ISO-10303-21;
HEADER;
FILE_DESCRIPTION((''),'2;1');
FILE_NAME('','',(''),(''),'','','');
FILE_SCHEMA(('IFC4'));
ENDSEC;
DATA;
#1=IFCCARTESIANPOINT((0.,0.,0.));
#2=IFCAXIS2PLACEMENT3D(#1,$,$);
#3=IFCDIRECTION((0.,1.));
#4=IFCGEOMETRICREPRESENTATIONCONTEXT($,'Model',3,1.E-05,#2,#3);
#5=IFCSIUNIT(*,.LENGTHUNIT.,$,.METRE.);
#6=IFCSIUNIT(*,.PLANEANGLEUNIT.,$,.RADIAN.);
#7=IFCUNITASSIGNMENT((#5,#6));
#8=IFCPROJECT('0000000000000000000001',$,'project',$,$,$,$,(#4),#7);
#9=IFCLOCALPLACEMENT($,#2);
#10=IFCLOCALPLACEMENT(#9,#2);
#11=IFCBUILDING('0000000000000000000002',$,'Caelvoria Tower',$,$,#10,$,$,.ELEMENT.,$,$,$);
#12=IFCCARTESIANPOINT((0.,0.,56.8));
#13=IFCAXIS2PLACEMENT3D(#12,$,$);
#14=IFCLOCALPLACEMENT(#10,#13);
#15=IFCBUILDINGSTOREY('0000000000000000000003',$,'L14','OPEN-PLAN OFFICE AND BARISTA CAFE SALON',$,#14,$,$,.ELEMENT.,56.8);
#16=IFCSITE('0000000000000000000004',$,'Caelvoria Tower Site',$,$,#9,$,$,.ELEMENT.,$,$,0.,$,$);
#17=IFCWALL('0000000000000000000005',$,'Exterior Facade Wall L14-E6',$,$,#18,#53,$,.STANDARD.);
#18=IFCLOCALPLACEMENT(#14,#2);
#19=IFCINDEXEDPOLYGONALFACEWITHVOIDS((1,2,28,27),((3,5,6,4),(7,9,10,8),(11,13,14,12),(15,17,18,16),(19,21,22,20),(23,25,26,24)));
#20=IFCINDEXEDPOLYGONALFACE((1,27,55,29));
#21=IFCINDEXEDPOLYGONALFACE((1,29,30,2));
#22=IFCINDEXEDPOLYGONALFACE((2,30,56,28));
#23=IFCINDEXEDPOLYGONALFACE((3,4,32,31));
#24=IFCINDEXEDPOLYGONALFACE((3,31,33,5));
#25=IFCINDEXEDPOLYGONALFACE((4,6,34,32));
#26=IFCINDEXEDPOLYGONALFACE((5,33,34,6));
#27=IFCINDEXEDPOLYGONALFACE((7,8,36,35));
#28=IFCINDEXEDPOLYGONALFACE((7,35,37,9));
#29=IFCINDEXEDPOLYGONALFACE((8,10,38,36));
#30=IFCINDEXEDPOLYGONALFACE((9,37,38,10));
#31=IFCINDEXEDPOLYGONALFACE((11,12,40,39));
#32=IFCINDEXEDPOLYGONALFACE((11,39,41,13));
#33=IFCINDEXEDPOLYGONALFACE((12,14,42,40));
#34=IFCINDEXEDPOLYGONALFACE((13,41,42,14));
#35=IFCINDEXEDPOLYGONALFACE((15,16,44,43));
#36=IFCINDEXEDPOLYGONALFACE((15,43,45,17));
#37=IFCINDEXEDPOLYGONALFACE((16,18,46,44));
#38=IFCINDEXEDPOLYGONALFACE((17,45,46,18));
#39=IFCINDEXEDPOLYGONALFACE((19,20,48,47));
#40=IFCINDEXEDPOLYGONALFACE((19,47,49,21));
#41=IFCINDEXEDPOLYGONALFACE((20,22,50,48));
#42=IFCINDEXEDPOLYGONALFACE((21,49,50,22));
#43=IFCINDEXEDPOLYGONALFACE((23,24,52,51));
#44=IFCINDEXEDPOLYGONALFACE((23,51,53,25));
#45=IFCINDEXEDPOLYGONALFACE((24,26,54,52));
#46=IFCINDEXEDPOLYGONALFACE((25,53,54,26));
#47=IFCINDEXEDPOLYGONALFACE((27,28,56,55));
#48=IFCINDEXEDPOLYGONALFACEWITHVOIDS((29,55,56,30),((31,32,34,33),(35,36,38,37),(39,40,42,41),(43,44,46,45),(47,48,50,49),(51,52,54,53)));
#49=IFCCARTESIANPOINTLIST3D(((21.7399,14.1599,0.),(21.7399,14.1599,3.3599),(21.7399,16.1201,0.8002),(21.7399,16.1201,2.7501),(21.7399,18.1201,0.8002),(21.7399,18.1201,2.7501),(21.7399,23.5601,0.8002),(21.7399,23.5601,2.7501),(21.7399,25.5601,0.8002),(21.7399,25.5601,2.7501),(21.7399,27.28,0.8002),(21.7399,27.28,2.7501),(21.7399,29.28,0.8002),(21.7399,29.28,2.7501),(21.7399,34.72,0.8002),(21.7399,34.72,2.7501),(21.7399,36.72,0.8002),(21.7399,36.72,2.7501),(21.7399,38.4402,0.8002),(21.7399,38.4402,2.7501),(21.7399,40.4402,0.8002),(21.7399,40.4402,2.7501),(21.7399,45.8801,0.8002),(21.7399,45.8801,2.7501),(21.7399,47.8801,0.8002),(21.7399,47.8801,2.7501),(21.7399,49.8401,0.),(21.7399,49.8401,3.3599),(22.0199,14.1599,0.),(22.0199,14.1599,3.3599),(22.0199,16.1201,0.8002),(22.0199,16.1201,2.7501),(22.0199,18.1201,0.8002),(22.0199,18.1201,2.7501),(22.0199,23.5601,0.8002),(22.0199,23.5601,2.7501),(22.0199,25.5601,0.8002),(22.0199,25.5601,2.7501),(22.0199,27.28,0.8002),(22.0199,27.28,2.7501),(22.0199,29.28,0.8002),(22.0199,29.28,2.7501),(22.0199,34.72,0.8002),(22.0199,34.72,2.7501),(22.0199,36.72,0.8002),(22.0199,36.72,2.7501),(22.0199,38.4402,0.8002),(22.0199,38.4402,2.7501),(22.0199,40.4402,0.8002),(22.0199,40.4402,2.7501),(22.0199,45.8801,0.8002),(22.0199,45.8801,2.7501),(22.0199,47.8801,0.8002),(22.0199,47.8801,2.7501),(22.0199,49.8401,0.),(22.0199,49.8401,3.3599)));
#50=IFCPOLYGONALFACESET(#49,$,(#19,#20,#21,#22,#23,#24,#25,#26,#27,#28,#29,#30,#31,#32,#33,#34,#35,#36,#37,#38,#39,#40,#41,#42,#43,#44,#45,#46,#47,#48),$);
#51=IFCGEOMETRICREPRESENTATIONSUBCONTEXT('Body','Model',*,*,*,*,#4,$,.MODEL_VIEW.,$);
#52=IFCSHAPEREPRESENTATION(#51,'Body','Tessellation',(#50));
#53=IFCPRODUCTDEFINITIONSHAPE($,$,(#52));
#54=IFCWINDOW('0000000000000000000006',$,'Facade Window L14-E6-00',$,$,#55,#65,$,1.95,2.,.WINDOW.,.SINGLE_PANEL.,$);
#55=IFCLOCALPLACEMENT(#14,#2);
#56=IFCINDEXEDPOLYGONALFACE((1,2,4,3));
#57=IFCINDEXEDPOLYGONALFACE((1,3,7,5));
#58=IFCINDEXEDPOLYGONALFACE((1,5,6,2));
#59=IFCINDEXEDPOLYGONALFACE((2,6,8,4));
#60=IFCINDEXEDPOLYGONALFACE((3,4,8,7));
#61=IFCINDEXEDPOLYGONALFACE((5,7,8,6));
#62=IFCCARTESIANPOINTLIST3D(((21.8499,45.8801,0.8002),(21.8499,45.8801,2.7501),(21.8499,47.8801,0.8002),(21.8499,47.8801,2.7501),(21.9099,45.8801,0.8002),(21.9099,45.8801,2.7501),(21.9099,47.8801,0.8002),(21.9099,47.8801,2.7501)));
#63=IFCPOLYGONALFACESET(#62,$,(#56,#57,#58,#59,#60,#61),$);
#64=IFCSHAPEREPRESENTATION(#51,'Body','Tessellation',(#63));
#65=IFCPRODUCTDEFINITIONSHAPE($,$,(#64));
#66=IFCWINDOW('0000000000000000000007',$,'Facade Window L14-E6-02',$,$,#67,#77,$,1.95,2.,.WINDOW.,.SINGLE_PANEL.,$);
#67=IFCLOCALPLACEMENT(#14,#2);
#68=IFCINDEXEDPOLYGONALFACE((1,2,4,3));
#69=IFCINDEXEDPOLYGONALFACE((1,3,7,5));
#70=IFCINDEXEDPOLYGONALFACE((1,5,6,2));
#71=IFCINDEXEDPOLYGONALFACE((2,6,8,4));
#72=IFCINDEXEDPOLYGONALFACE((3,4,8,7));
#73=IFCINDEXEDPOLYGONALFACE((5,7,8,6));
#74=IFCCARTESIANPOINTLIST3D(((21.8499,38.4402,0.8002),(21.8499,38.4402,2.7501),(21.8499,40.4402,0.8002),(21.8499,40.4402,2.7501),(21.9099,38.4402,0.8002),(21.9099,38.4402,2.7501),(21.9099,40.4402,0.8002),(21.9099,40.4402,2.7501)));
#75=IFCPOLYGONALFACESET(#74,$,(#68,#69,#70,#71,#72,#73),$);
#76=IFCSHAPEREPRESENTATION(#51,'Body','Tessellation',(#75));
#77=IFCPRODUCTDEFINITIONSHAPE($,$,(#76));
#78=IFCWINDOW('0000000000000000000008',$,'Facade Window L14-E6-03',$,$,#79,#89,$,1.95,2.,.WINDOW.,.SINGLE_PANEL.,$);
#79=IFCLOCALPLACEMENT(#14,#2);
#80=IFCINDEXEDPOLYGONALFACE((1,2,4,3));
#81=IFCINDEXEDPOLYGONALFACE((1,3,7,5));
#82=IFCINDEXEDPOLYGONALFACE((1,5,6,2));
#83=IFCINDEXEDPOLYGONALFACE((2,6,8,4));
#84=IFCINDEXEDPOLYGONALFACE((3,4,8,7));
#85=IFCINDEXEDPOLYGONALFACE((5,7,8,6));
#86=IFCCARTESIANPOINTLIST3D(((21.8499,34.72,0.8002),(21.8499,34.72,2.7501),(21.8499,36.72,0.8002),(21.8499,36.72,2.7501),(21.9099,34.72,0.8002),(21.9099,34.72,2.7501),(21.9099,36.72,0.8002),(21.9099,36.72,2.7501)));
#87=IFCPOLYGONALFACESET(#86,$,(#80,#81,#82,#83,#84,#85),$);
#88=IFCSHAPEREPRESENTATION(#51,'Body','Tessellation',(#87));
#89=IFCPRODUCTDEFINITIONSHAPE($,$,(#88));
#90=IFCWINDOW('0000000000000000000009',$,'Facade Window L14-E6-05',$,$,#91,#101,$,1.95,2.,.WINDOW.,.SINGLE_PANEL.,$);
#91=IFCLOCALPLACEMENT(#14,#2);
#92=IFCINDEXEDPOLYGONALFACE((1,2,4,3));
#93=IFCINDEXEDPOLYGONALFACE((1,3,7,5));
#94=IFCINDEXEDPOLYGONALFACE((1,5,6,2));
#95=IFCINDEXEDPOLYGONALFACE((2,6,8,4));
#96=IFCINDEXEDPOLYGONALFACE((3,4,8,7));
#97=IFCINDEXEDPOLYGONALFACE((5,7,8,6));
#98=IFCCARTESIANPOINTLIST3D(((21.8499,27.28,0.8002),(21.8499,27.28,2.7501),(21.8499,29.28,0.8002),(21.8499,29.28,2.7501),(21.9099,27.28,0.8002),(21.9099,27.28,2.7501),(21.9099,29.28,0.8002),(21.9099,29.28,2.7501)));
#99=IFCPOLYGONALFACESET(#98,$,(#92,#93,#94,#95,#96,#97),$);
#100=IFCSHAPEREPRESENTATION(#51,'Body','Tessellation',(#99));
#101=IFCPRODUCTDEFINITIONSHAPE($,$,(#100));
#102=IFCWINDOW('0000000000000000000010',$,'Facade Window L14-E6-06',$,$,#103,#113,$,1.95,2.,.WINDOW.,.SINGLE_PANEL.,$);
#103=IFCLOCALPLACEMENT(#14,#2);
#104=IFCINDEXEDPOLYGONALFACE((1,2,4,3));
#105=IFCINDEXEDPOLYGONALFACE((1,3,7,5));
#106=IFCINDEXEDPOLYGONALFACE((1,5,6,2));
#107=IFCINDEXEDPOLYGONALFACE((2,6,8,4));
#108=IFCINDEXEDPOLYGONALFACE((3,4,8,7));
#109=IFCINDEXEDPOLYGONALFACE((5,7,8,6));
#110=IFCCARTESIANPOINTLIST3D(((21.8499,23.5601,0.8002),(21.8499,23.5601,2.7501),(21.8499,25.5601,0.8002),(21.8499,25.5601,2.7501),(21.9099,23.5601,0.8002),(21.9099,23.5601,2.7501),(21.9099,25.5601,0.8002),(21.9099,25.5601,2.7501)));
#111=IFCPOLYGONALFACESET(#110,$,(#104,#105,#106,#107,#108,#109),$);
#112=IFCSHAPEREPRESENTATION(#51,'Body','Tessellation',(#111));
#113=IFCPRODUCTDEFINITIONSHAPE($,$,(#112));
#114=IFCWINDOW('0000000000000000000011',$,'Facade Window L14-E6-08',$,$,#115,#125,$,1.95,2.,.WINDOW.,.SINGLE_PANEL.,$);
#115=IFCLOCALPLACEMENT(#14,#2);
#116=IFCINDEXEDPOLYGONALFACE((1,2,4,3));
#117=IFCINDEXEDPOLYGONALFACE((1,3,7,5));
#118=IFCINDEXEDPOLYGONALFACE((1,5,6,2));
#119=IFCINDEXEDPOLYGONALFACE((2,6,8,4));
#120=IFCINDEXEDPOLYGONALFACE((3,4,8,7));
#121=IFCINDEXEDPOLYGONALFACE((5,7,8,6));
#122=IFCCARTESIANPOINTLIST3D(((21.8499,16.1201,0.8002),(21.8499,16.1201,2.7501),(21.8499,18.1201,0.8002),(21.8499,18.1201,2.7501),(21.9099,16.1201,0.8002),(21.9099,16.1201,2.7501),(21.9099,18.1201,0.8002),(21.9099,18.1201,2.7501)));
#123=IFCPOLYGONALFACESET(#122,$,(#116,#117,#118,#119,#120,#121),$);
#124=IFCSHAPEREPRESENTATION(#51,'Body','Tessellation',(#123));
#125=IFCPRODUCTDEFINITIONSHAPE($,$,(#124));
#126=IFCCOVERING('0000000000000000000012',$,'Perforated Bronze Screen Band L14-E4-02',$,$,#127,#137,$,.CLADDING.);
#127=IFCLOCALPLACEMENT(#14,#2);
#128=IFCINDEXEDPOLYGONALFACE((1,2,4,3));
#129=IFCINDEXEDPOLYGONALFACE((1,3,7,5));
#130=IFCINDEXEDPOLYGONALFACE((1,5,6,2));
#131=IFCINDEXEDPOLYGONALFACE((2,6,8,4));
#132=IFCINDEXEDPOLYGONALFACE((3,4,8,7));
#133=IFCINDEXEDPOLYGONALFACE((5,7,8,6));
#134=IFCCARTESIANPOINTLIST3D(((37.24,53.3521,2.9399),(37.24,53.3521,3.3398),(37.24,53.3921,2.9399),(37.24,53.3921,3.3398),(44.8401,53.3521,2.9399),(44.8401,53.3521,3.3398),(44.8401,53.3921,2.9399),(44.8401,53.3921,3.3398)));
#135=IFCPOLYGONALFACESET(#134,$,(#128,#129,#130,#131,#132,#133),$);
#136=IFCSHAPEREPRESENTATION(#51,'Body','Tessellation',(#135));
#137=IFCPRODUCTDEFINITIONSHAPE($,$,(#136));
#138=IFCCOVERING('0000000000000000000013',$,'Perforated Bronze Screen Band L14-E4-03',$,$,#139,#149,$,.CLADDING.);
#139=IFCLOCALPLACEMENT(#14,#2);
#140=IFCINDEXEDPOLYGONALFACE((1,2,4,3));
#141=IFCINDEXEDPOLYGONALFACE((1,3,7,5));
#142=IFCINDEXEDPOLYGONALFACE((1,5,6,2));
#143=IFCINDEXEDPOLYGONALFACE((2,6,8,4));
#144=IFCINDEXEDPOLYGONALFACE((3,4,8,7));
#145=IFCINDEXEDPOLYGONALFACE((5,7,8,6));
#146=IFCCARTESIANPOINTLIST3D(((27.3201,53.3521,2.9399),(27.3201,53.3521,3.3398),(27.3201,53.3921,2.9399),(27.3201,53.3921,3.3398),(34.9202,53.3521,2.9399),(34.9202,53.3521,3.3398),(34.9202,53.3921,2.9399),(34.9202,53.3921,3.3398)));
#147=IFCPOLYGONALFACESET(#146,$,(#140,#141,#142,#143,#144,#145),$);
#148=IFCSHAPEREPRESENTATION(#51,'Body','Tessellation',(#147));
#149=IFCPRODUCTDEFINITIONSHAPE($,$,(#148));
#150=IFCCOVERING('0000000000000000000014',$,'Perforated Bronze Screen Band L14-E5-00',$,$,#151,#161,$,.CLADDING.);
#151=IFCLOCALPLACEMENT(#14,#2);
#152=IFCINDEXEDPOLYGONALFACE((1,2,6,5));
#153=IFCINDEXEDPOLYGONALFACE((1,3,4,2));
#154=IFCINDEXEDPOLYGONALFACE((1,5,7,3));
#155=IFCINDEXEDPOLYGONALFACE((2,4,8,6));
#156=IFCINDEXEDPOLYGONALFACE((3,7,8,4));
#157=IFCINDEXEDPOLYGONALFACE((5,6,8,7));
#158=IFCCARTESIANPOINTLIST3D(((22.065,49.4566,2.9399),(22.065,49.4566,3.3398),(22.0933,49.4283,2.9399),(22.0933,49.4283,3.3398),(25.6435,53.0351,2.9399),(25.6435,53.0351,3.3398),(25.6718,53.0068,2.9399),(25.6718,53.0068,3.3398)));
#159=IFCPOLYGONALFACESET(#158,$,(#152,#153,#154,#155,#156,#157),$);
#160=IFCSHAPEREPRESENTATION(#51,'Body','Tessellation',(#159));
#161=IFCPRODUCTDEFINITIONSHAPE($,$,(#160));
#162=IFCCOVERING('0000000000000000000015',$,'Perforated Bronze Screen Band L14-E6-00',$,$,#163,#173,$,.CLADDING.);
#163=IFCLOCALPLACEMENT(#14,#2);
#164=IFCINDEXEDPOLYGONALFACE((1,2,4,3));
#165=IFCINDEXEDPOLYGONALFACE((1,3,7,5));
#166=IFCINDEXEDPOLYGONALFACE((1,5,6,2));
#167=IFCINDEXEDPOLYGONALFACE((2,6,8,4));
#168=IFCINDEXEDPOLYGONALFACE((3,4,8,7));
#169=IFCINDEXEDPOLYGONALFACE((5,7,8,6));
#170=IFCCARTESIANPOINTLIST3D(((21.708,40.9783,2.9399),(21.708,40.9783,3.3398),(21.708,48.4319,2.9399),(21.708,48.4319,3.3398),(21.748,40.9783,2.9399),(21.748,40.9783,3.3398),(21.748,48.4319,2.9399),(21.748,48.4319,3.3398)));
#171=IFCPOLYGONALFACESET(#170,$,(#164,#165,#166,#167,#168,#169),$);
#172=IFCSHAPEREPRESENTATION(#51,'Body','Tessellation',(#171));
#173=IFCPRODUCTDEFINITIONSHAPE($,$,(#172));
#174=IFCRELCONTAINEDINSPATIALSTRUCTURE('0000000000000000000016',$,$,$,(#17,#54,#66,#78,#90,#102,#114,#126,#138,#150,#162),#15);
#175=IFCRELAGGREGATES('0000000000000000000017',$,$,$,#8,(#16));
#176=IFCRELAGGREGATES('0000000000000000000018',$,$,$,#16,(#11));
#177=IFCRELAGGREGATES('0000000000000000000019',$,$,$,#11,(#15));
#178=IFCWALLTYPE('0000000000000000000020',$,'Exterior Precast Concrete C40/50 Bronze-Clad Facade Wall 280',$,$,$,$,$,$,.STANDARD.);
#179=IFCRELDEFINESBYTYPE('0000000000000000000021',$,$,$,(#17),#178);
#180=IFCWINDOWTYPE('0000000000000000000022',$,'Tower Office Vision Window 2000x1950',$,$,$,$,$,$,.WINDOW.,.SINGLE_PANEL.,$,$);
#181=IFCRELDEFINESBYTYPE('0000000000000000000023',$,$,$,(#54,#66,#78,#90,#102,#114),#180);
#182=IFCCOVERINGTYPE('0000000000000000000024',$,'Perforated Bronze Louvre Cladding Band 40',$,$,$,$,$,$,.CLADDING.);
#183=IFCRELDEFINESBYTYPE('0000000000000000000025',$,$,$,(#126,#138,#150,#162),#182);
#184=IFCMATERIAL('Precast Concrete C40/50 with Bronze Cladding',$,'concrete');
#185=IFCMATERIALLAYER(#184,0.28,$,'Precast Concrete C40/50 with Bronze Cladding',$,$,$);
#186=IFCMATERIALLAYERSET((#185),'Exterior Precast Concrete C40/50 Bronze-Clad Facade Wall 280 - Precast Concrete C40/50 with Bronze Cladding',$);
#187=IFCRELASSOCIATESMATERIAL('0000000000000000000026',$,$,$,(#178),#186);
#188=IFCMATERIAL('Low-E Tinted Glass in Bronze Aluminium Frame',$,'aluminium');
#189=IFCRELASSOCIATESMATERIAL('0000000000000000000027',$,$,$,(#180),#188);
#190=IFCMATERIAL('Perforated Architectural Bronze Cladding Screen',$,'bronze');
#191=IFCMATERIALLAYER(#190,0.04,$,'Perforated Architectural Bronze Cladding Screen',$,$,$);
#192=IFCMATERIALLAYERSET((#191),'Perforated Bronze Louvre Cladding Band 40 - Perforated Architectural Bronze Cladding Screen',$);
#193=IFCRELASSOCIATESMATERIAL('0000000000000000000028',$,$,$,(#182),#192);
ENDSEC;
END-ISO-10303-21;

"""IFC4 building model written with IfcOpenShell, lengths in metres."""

from ifc_helpers import new_model, si_unit, direction, frame, frame_2d, origin, origin_2d, place, context, subcontext, project, spatial, rectangle, extrude, material, layer, layer_set, type_object, element, fill, save


model = new_model("IFC4")

# Units and contexts
model_context = context("Model", 3, precision=1e-05, world=origin(), true_north=direction((0.0, 1.0)))
body_context = subcontext(model_context, "Body", "Model", "MODEL_VIEW")
ifc_project = project(units=[si_unit("LENGTHUNIT", "METRE"), si_unit("PLANEANGLEUNIT", "RADIAN")], contexts=[model_context])

# Site, building, storey
site_placement = place(None, origin())
site = spatial("IfcSite", under=ifc_project, at=site_placement, Name="Caelvoria Tower Site", CompositionType="ELEMENT", RefElevation=0.0)
building_placement = place(site_placement, origin())
building = spatial("IfcBuilding", under=site, at=building_placement, Name="Caelvoria Tower", CompositionType="ELEMENT")
storey_placement = place(building_placement, frame((0.0, 0.0, 56.8)))
storey = spatial("IfcBuildingStorey", under=building, at=storey_placement, Name="L14", Description="OPEN-PLAN OFFICE AND BARISTA CAFE SALON", CompositionType="ELEMENT", Elevation=56.8)

# Shared definitions
ifc_material_1 = material(Name="Precast Concrete C40/50 with Bronze Cladding", Category="concrete")
ifc_layer_1 = layer(ifc_material_1, 0.28, Name="Precast Concrete C40/50 with Bronze Cladding")
ifc_layer_set_1 = layer_set([ifc_layer_1], Name="Exterior Precast Concrete C40/50 Bronze-Clad Facade Wall 280 - Precast Concrete C40/50 with Bronze Cladding")
wall_type = type_object("IfcWallType", Name="Exterior Precast Concrete C40/50 Bronze-Clad Facade Wall 280", PredefinedType="STANDARD", material=ifc_layer_set_1)

# Wall, openings, windows
wall_1_placement = place(storey_placement, frame((21.8799, 49.8401, 0.0), z_axis=(0.0, 0.0, 1.0), x_axis=(0.0, -1.0, 0.0)))
wall_1 = element("IfcWall", 1, at=wall_1_placement, inside=storey, type_object=wall_type, Name="Exterior Facade Wall L14-E6", PredefinedType="STANDARD", context=body_context, shape_type="SweptSolid", body=[
    extrude(rectangle(XDim=35.6802, YDim=0.28, at=frame_2d((17.8401, 0.0))), origin(), (0.0, 0.0, 1.0), 3.3599),
])
opening_1_placement = place(wall_1_placement, frame((1.96, 0.0, 0.8)))
opening_1 = element("IfcOpeningElement", 2, at=opening_1_placement, cuts=wall_1, PredefinedType="OPENING", context=body_context, shape_type="SweptSolid", body=[
    extrude(rectangle(XDim=2.0, YDim=1.95, at=frame_2d((1.0, 0.9751))), frame((0.0, 0.1499, 0.0), z_axis=(0.0, -1.0, 0.0), x_axis=(1.0, 0.0, 0.0)), (0.0, 0.0, 1.0), 0.3),
])
opening_2_placement = place(wall_1_placement, frame((9.3999, 0.0, 0.8)))
opening_2 = element("IfcOpeningElement", 3, at=opening_2_placement, cuts=wall_1, PredefinedType="OPENING", context=body_context, shape_type="SweptSolid", body=[
    extrude(rectangle(XDim=2.0, YDim=1.95, at=frame_2d((1.0, 0.9751))), frame((0.0, 0.1499, 0.0), z_axis=(0.0, -1.0, 0.0), x_axis=(1.0, 0.0, 0.0)), (0.0, 0.0, 1.0), 0.3),
])
opening_3_placement = place(wall_1_placement, frame((13.1201, 0.0, 0.8)))
opening_3 = element("IfcOpeningElement", 4, at=opening_3_placement, cuts=wall_1, PredefinedType="OPENING", context=body_context, shape_type="SweptSolid", body=[
    extrude(rectangle(XDim=2.0, YDim=1.95, at=frame_2d((1.0, 0.9751))), frame((0.0, 0.1499, 0.0), z_axis=(0.0, -1.0, 0.0), x_axis=(1.0, 0.0, 0.0)), (0.0, 0.0, 1.0), 0.3),
])
opening_4_placement = place(wall_1_placement, frame((20.5601, 0.0, 0.8)))
opening_4 = element("IfcOpeningElement", 5, at=opening_4_placement, cuts=wall_1, PredefinedType="OPENING", context=body_context, shape_type="SweptSolid", body=[
    extrude(rectangle(XDim=2.0, YDim=1.95, at=frame_2d((1.0, 0.9751))), frame((0.0, 0.1499, 0.0), z_axis=(0.0, -1.0, 0.0), x_axis=(1.0, 0.0, 0.0)), (0.0, 0.0, 1.0), 0.3),
])
opening_5_placement = place(wall_1_placement, frame((24.28, 0.0, 0.8)))
opening_5 = element("IfcOpeningElement", 6, at=opening_5_placement, cuts=wall_1, PredefinedType="OPENING", context=body_context, shape_type="SweptSolid", body=[
    extrude(rectangle(XDim=2.0, YDim=1.95, at=frame_2d((1.0, 0.9751))), frame((0.0, 0.1499, 0.0), z_axis=(0.0, -1.0, 0.0), x_axis=(1.0, 0.0, 0.0)), (0.0, 0.0, 1.0), 0.3),
])
opening_6_placement = place(wall_1_placement, frame((31.72, 0.0, 0.8)))
opening_6 = element("IfcOpeningElement", 7, at=opening_6_placement, cuts=wall_1, PredefinedType="OPENING", context=body_context, shape_type="SweptSolid", body=[
    extrude(rectangle(XDim=2.0, YDim=1.95, at=frame_2d((1.0, 0.9751))), frame((0.0, 0.1499, 0.0), z_axis=(0.0, -1.0, 0.0), x_axis=(1.0, 0.0, 0.0)), (0.0, 0.0, 1.0), 0.3),
])
ifc_material_2 = material(Name="Low-E Tinted Glass in Bronze Aluminium Frame", Category="aluminium")
window_type = type_object("IfcWindowType", Name="Tower Office Vision Window 2000x1950", PartitioningType="SINGLE_PANEL", PredefinedType="WINDOW", material=ifc_material_2)
window_1_placement = place(opening_1_placement, origin())
window_1 = element("IfcWindow", 8, at=window_1_placement, inside=storey, type_object=window_type, Name="Facade Window L14-E6-00", OverallHeight=1.95, OverallWidth=2.0, PartitioningType="SINGLE_PANEL", PredefinedType="WINDOW", context=body_context, shape_type="SweptSolid", body=[
    extrude(rectangle(XDim=2.0, YDim=1.95, at=frame_2d((1.0, 0.9751))), frame((0.0, 0.03, 0.0), z_axis=(0.0, -1.0, 0.0), x_axis=(1.0, 0.0, 0.0)), (0.0, 0.0, 1.0), 0.0601),
])
fill(opening_1, window_1)
window_2_placement = place(opening_2_placement, origin())
window_2 = element("IfcWindow", 9, at=window_2_placement, inside=storey, type_object=window_type, Name="Facade Window L14-E6-02", OverallHeight=1.95, OverallWidth=2.0, PartitioningType="SINGLE_PANEL", PredefinedType="WINDOW", context=body_context, shape_type="SweptSolid", body=[
    extrude(rectangle(XDim=2.0, YDim=1.95, at=frame_2d((1.0, 0.9751))), frame((0.0, 0.03, 0.0), z_axis=(0.0, -1.0, 0.0), x_axis=(1.0, 0.0, 0.0)), (0.0, 0.0, 1.0), 0.0601),
])
fill(opening_2, window_2)
window_3_placement = place(opening_3_placement, origin())
window_3 = element("IfcWindow", 10, at=window_3_placement, inside=storey, type_object=window_type, Name="Facade Window L14-E6-03", OverallHeight=1.95, OverallWidth=2.0, PartitioningType="SINGLE_PANEL", PredefinedType="WINDOW", context=body_context, shape_type="SweptSolid", body=[
    extrude(rectangle(XDim=2.0, YDim=1.95, at=frame_2d((1.0, 0.9751))), frame((0.0, 0.03, 0.0), z_axis=(0.0, -1.0, 0.0), x_axis=(1.0, 0.0, 0.0)), (0.0, 0.0, 1.0), 0.0601),
])
fill(opening_3, window_3)
window_4_placement = place(opening_4_placement, origin())
window_4 = element("IfcWindow", 11, at=window_4_placement, inside=storey, type_object=window_type, Name="Facade Window L14-E6-05", OverallHeight=1.95, OverallWidth=2.0, PartitioningType="SINGLE_PANEL", PredefinedType="WINDOW", context=body_context, shape_type="SweptSolid", body=[
    extrude(rectangle(XDim=2.0, YDim=1.95, at=frame_2d((1.0, 0.9751))), frame((0.0, 0.03, 0.0), z_axis=(0.0, -1.0, 0.0), x_axis=(1.0, 0.0, 0.0)), (0.0, 0.0, 1.0), 0.0601),
])
fill(opening_4, window_4)
window_5_placement = place(opening_5_placement, origin())
window_5 = element("IfcWindow", 12, at=window_5_placement, inside=storey, type_object=window_type, Name="Facade Window L14-E6-06", OverallHeight=1.95, OverallWidth=2.0, PartitioningType="SINGLE_PANEL", PredefinedType="WINDOW", context=body_context, shape_type="SweptSolid", body=[
    extrude(rectangle(XDim=2.0, YDim=1.95, at=frame_2d((1.0, 0.9751))), frame((0.0, 0.03, 0.0), z_axis=(0.0, -1.0, 0.0), x_axis=(1.0, 0.0, 0.0)), (0.0, 0.0, 1.0), 0.0601),
])
fill(opening_5, window_5)
window_6_placement = place(opening_6_placement, origin())
window_6 = element("IfcWindow", 13, at=window_6_placement, inside=storey, type_object=window_type, Name="Facade Window L14-E6-08", OverallHeight=1.95, OverallWidth=2.0, PartitioningType="SINGLE_PANEL", PredefinedType="WINDOW", context=body_context, shape_type="SweptSolid", body=[
    extrude(rectangle(XDim=2.0, YDim=1.95, at=frame_2d((1.0, 0.9751))), frame((0.0, 0.03, 0.0), z_axis=(0.0, -1.0, 0.0), x_axis=(1.0, 0.0, 0.0)), (0.0, 0.0, 1.0), 0.0601),
])
fill(opening_6, window_6)

# Coverings
ifc_material_3 = material(Name="Perforated Architectural Bronze Cladding Screen", Category="bronze")
ifc_layer_2 = layer(ifc_material_3, 0.04, Name="Perforated Architectural Bronze Cladding Screen")
ifc_layer_set_2 = layer_set([ifc_layer_2], Name="Perforated Bronze Louvre Cladding Band 40 - Perforated Architectural Bronze Cladding Screen")
covering_type = type_object("IfcCoveringType", Name="Perforated Bronze Louvre Cladding Band 40", PredefinedType="CLADDING", material=ifc_layer_set_2)
for number, where, z_axis, x_axis, name in (
    (14, (41.04, 53.3721, 2.9399), (0.0, 0.0, 1.0), (-1.0, 0.0, 0.0), "Perforated Bronze Screen Band L14-E4-02"),
    (15, (31.1201, 53.3721, 2.9399), (0.0, 0.0, 1.0), (-1.0, 0.0, 0.0), "Perforated Bronze Screen Band L14-E4-03"),
):
    element("IfcCovering", number, at=place(storey_placement, frame(where, z_axis=z_axis, x_axis=x_axis)), inside=storey, type_object=covering_type, Name=name, PredefinedType="CLADDING", context=body_context, shape_type="SweptSolid", body=[
        extrude(rectangle(XDim=7.6001, YDim=0.04, at=origin_2d()), origin(), (0.0, 0.0, 1.0), 0.3999),
    ])
covering_1_placement = place(storey_placement, frame((23.8684, 51.2317, 2.9399), z_axis=(0.0, 0.0, 1.0), x_axis=(-0.707107, -0.707107, 0.0)))
element("IfcCovering", 16, at=covering_1_placement, inside=storey, type_object=covering_type, Name="Perforated Bronze Screen Band L14-E5-00", PredefinedType="CLADDING", context=body_context, shape_type="SweptSolid", body=[
    extrude(rectangle(XDim=5.0608, YDim=0.04, at=origin_2d()), origin(), (0.0, 0.0, 1.0), 0.3999),
])
covering_2_placement = place(storey_placement, frame((21.728, 44.7051, 2.9399), z_axis=(0.0, 0.0, 1.0), x_axis=(0.0, -1.0, 0.0)))
element("IfcCovering", 17, at=covering_2_placement, inside=storey, type_object=covering_type, Name="Perforated Bronze Screen Band L14-E6-00", PredefinedType="CLADDING", context=body_context, shape_type="SweptSolid", body=[
    extrude(rectangle(XDim=7.4536, YDim=0.04, at=origin_2d()), origin(), (0.0, 0.0, 1.0), 0.3999),
])

save(model, "model.ifc")
